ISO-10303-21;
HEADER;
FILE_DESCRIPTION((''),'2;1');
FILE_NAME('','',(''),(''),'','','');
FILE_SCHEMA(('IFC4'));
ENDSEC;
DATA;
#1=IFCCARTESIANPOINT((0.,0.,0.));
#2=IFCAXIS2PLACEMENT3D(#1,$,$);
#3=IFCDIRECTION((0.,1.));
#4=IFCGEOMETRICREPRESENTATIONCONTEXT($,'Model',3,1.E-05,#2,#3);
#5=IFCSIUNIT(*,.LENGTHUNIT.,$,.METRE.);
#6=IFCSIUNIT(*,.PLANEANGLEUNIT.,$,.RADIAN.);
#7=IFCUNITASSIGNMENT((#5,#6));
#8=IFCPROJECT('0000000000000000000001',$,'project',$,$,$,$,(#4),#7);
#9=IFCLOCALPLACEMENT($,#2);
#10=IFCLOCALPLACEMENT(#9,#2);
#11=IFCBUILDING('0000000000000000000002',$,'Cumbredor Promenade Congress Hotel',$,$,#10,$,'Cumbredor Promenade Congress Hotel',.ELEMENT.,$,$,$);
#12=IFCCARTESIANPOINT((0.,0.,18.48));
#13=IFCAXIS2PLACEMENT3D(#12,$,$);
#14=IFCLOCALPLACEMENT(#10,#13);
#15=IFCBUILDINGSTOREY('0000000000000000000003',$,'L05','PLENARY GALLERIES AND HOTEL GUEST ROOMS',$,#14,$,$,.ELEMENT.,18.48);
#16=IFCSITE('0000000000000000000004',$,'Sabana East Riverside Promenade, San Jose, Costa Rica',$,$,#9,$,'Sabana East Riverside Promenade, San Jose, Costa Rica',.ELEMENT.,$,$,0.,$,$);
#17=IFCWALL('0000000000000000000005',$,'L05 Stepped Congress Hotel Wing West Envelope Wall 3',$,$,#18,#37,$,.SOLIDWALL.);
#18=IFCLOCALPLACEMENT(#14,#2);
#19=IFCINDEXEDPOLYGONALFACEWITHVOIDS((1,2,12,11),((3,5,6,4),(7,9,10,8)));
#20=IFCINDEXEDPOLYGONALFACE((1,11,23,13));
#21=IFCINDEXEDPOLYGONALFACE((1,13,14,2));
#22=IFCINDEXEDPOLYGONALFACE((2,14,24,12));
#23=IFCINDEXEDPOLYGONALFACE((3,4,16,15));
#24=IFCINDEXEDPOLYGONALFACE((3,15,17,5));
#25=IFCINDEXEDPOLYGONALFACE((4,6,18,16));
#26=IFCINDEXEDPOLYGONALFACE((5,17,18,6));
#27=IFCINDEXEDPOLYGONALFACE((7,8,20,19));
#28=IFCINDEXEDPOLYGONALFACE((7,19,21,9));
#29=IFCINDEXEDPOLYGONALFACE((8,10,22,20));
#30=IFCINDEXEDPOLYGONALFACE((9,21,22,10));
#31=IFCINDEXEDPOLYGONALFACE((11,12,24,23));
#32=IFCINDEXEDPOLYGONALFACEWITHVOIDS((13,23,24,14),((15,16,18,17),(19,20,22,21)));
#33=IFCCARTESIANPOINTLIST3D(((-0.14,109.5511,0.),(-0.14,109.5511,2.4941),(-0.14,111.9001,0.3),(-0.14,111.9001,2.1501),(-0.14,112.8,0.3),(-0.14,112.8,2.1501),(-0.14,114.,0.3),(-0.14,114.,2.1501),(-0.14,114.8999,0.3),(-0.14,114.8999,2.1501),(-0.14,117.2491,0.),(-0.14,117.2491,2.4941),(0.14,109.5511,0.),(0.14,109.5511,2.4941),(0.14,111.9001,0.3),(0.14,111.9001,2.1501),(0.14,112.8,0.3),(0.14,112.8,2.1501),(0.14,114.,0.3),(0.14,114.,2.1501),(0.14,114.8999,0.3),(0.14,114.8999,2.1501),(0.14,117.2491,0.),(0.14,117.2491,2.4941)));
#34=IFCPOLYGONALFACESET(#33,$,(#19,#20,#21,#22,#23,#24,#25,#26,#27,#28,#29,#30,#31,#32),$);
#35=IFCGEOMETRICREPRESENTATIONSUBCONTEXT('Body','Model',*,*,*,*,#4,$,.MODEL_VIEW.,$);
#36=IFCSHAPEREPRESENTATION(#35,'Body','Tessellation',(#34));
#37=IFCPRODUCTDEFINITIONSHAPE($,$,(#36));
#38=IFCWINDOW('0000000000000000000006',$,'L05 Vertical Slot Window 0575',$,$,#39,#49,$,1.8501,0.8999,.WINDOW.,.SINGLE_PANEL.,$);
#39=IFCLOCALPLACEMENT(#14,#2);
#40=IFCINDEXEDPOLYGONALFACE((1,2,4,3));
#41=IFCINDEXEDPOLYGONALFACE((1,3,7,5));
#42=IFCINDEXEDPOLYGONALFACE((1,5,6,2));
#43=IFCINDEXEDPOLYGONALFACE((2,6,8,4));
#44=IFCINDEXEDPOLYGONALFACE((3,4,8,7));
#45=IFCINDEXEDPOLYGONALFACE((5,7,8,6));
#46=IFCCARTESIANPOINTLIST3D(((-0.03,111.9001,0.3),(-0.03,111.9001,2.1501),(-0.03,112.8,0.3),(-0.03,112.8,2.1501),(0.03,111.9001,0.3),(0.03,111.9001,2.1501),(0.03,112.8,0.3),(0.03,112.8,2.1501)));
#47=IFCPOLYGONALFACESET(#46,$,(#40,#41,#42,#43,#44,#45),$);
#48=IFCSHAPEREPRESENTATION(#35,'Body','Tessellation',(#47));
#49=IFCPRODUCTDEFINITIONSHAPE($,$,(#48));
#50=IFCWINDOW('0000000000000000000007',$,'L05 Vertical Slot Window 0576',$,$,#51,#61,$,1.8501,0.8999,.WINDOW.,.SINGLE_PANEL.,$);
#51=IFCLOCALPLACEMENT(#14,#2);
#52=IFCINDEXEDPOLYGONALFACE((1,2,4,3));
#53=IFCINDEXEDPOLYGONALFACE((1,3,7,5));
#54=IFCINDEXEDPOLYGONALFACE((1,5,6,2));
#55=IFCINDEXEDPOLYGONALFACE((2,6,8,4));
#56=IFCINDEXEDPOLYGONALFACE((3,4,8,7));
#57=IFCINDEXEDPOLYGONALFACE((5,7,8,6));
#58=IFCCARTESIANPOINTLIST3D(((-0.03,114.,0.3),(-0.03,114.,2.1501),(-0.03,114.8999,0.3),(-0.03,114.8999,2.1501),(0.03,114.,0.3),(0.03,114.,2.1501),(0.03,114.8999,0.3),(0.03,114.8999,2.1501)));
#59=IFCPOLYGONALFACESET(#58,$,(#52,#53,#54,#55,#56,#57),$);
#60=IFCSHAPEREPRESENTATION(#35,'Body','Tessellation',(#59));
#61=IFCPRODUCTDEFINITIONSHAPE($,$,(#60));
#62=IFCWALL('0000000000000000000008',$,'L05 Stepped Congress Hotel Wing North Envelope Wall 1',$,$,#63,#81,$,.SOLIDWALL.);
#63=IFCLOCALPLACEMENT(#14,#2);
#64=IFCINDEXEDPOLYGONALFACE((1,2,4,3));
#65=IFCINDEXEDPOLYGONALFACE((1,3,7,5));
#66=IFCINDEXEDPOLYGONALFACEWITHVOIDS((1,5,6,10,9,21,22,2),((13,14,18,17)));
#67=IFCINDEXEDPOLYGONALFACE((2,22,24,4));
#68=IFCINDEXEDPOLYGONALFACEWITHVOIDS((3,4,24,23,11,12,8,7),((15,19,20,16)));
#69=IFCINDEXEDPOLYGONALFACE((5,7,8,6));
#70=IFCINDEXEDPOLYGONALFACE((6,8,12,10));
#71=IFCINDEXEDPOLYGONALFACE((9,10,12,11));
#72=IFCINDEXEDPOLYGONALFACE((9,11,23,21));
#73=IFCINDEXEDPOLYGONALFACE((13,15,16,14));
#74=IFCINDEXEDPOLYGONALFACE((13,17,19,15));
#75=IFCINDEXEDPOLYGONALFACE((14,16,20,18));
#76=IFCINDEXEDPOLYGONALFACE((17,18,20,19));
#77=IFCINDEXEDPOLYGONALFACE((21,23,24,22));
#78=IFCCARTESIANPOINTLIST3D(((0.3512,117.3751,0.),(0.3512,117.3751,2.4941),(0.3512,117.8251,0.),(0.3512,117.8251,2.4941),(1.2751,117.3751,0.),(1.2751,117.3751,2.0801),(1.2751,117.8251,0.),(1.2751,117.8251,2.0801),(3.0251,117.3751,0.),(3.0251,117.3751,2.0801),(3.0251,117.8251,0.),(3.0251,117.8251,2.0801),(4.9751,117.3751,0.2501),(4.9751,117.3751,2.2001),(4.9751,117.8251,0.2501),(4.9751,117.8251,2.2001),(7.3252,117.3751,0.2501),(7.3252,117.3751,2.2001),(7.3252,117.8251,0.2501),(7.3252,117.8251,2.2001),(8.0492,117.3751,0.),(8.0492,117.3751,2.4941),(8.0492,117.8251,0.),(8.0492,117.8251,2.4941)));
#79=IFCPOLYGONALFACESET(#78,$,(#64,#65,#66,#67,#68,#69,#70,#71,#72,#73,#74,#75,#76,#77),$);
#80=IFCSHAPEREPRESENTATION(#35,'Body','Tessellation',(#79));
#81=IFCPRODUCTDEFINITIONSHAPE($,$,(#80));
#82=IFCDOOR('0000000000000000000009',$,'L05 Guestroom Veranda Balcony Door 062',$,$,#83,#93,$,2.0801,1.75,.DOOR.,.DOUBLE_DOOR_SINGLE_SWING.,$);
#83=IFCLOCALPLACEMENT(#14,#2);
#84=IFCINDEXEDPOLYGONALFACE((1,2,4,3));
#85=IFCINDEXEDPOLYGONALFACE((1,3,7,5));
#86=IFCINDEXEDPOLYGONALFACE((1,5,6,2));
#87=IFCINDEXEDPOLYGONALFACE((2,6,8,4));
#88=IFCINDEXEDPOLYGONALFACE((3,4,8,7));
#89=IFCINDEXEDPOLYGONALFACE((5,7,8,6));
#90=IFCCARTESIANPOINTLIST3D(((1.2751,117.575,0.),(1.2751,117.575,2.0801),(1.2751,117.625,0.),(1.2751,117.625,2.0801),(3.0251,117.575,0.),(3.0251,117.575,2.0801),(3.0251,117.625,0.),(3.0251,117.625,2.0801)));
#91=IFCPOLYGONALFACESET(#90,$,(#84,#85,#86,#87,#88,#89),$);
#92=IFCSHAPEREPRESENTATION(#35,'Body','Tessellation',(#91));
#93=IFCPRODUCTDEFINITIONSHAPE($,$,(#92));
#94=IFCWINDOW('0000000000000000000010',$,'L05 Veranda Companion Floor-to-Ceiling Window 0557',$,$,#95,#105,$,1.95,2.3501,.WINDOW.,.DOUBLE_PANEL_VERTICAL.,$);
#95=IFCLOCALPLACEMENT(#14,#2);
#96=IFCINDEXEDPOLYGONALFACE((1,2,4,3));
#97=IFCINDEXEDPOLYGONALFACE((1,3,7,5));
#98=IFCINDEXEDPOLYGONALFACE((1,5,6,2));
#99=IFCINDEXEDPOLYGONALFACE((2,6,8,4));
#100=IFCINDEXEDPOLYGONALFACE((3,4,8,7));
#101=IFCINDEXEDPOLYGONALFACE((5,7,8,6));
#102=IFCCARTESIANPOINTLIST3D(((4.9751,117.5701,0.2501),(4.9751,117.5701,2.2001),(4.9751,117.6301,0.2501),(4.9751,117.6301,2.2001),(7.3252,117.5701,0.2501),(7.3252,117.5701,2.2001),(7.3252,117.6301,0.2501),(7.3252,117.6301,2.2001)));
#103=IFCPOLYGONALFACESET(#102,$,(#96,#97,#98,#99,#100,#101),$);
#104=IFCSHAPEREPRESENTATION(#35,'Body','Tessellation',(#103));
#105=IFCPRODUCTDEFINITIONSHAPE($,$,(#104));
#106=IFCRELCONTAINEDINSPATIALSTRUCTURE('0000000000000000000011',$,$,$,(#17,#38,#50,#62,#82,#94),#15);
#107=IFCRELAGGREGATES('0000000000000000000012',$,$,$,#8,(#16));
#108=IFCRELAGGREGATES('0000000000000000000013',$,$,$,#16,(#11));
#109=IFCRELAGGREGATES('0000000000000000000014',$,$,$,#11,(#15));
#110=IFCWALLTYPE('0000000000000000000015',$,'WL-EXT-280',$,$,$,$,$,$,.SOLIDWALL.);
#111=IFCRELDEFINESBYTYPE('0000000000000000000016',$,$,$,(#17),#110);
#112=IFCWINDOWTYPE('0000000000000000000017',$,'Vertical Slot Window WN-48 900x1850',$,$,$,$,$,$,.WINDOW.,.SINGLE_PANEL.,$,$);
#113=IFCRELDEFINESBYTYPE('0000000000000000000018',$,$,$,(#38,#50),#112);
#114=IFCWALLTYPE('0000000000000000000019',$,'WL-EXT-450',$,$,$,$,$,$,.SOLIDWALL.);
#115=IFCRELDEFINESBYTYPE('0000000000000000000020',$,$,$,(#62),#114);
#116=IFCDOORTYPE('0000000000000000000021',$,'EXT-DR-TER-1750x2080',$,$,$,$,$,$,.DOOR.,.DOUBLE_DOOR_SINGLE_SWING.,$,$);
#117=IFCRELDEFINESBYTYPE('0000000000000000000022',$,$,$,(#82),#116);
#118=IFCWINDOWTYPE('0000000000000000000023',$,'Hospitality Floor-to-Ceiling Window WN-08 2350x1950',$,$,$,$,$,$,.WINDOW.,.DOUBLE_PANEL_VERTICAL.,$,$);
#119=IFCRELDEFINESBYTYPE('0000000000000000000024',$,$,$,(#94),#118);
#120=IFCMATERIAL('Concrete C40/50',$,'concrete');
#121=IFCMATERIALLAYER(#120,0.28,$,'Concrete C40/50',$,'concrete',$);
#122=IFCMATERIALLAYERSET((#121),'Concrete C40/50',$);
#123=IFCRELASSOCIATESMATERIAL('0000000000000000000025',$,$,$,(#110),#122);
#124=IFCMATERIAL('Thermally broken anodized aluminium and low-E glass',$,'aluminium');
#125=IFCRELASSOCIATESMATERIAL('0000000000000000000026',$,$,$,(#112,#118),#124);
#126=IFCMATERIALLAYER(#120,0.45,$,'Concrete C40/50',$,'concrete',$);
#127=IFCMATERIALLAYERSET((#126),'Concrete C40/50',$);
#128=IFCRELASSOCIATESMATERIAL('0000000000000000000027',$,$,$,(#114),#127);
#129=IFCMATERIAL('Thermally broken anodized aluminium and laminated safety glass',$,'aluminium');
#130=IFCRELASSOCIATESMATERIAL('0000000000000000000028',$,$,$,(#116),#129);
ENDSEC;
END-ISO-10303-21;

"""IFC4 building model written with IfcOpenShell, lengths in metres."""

from ifc_helpers import new_model, si_unit, direction, frame, frame_2d, origin, place, context, subcontext, project, spatial, rectangle, extrude, material, layer, layer_set, type_object, element, fill, save


model = new_model("IFC4")

# Units and contexts
model_context = context("Model", 3, precision=1e-05, world=origin(), true_north=direction((0.0, 1.0)))
body_context = subcontext(model_context, "Body", "Model", "MODEL_VIEW")
ifc_project = project(units=[si_unit("LENGTHUNIT", "METRE"), si_unit("PLANEANGLEUNIT", "RADIAN")], contexts=[model_context])

# Site, building, storey
site_placement = place(None, origin())
site = spatial("IfcSite", under=ifc_project, at=site_placement, Name="Sabana East Riverside Promenade, San Jose, Costa Rica", LongName="Sabana East Riverside Promenade, San Jose, Costa Rica", CompositionType="ELEMENT", RefElevation=0.0)
building_placement = place(site_placement, origin())
building = spatial("IfcBuilding", under=site, at=building_placement, Name="Cumbredor Promenade Congress Hotel", LongName="Cumbredor Promenade Congress Hotel", CompositionType="ELEMENT")
storey_placement = place(building_placement, frame((0.0, 0.0, 18.48)))
storey = spatial("IfcBuildingStorey", under=building, at=storey_placement, Name="L05", Description="PLENARY GALLERIES AND HOTEL GUEST ROOMS", CompositionType="ELEMENT", Elevation=18.48)

# Shared definitions
ifc_material_1 = material(Name="Concrete C40/50", Category="concrete")

# Shared definitions
ifc_material_2 = material(Name="Thermally broken anodized aluminium and low-E glass", Category="aluminium")

# Wall, openings, windows
ifc_layer_1 = layer(ifc_material_1, 0.28, Name="Concrete C40/50", Category="concrete")
ifc_layer_set_1 = layer_set([ifc_layer_1], Name="Concrete C40/50")
wall_type_1 = type_object("IfcWallType", Name="WL-EXT-280", PredefinedType="SOLIDWALL", material=ifc_layer_set_1)
wall_1_placement = place(storey_placement, frame((0.0, 109.551, 0.0), z_axis=(0.0, 0.0, 1.0), x_axis=(0.0, 1.0, 0.0)))
wall_1 = element("IfcWall", 1, at=wall_1_placement, inside=storey, type_object=wall_type_1, Name="L05 Stepped Congress Hotel Wing West Envelope Wall 3", PredefinedType="SOLIDWALL", context=body_context, shape_type="SweptSolid", body=[
    extrude(rectangle(XDim=7.698, YDim=0.28, at=frame_2d((3.8491, 0.0))), origin(), (0.0, 0.0, 1.0), 2.4941),
])
opening_1_placement = place(wall_1_placement, frame((2.3491, 0.0, 0.3)))
opening_1 = element("IfcOpeningElement", 2, at=opening_1_placement, cuts=wall_1, PredefinedType="OPENING", context=body_context, shape_type="SweptSolid", body=[
    extrude(rectangle(XDim=0.8999, YDim=1.8501, at=frame_2d((0.45, 0.925))), frame((0.0, 0.1499, 0.0), z_axis=(0.0, -1.0, 0.0), x_axis=(1.0, 0.0, 0.0)), (0.0, 0.0, 1.0), 0.3),
])
opening_2_placement = place(wall_1_placement, frame((4.449, 0.0, 0.3)))
opening_2 = element("IfcOpeningElement", 3, at=opening_2_placement, cuts=wall_1, PredefinedType="OPENING", context=body_context, shape_type="SweptSolid", body=[
    extrude(rectangle(XDim=0.8999, YDim=1.8501, at=frame_2d((0.45, 0.925))), frame((0.0, 0.1499, 0.0), z_axis=(0.0, -1.0, 0.0), x_axis=(1.0, 0.0, 0.0)), (0.0, 0.0, 1.0), 0.3),
])
window_type_1 = type_object("IfcWindowType", Name="Vertical Slot Window WN-48 900x1850", PartitioningType="SINGLE_PANEL", PredefinedType="WINDOW", material=ifc_material_2)
window_1_placement = place(opening_1_placement, origin())
window_1 = element("IfcWindow", 4, at=window_1_placement, inside=storey, type_object=window_type_1, Name="L05 Vertical Slot Window 0575", OverallHeight=1.8501, OverallWidth=0.8999, PartitioningType="SINGLE_PANEL", PredefinedType="WINDOW", context=body_context, shape_type="SweptSolid", body=[
    extrude(rectangle(XDim=0.8999, YDim=1.8501, at=frame_2d((0.45, 0.925))), frame((0.0, 0.03, 0.0), z_axis=(0.0, -1.0, 0.0), x_axis=(1.0, 0.0, 0.0)), (0.0, 0.0, 1.0), 0.0601),
])
fill(opening_1, window_1)
window_2_placement = place(opening_2_placement, origin())
window_2 = element("IfcWindow", 5, at=window_2_placement, inside=storey, type_object=window_type_1, Name="L05 Vertical Slot Window 0576", OverallHeight=1.8501, OverallWidth=0.8999, PartitioningType="SINGLE_PANEL", PredefinedType="WINDOW", context=body_context, shape_type="SweptSolid", body=[
    extrude(rectangle(XDim=0.8999, YDim=1.8501, at=frame_2d((0.45, 0.925))), frame((0.0, 0.03, 0.0), z_axis=(0.0, -1.0, 0.0), x_axis=(1.0, 0.0, 0.0)), (0.0, 0.0, 1.0), 0.0601),
])
fill(opening_2, window_2)

# Wall, openings, door, window
ifc_layer_2 = layer(ifc_material_1, 0.45, Name="Concrete C40/50", Category="concrete")
ifc_layer_set_2 = layer_set([ifc_layer_2], Name="Concrete C40/50")
wall_type_2 = type_object("IfcWallType", Name="WL-EXT-450", PredefinedType="SOLIDWALL", material=ifc_layer_set_2)
wall_2_placement = place(storey_placement, frame((0.3511, 117.6001, 0.0), z_axis=(0.0, 0.0, 1.0), x_axis=(1.0, 0.0, 0.0)))
wall_2 = element("IfcWall", 6, at=wall_2_placement, inside=storey, type_object=wall_type_2, Name="L05 Stepped Congress Hotel Wing North Envelope Wall 1", PredefinedType="SOLIDWALL", context=body_context, shape_type="SweptSolid", body=[
    extrude(rectangle(XDim=7.698, YDim=0.45, at=frame_2d((3.8491, 0.0))), origin(), (0.0, 0.0, 1.0), 2.4941),
])
opening_3_placement = place(wall_2_placement, frame((0.9241, 0.0, 0.0)))
opening_3 = element("IfcOpeningElement", 7, at=opening_3_placement, cuts=wall_2, PredefinedType="OPENING", context=body_context, shape_type="SweptSolid", body=[
    extrude(rectangle(XDim=1.75, YDim=2.0801, at=frame_2d((0.875, 1.04))), frame((0.0, 0.2349, 0.0), z_axis=(0.0, -1.0, 0.0), x_axis=(1.0, 0.0, 0.0)), (0.0, 0.0, 1.0), 0.47),
])
opening_4_placement = place(wall_2_placement, frame((4.624, 0.0, 0.25)))
opening_4 = element("IfcOpeningElement", 8, at=opening_4_placement, cuts=wall_2, PredefinedType="OPENING", context=body_context, shape_type="SweptSolid", body=[
    extrude(rectangle(XDim=2.3501, YDim=1.95, at=frame_2d((1.175, 0.9751))), frame((0.0, 0.2349, 0.0), z_axis=(0.0, -1.0, 0.0), x_axis=(1.0, 0.0, 0.0)), (0.0, 0.0, 1.0), 0.47),
])
ifc_material_3 = material(Name="Thermally broken anodized aluminium and laminated safety glass", Category="aluminium")
door_type_1 = type_object("IfcDoorType", Name="EXT-DR-TER-1750x2080", OperationType="DOUBLE_DOOR_SINGLE_SWING", PredefinedType="DOOR", material=ifc_material_3)
door_1_placement = place(opening_3_placement, origin())
door_1 = element("IfcDoor", 9, at=door_1_placement, inside=storey, type_object=door_type_1, Name="L05 Guestroom Veranda Balcony Door 062", OperationType="DOUBLE_DOOR_SINGLE_SWING", OverallHeight=2.0801, OverallWidth=1.75, PredefinedType="DOOR", context=body_context, shape_type="SweptSolid", body=[
    extrude(rectangle(XDim=1.75, YDim=2.0801, at=frame_2d((0.875, 1.04))), frame((0.0, 0.0249, 0.0), z_axis=(0.0, -1.0, 0.0), x_axis=(1.0, 0.0, 0.0)), (0.0, 0.0, 1.0), 0.05),
])
fill(opening_3, door_1)
window_type_2 = type_object("IfcWindowType", Name="Hospitality Floor-to-Ceiling Window WN-08 2350x1950", PartitioningType="DOUBLE_PANEL_VERTICAL", PredefinedType="WINDOW", material=ifc_material_2)
window_3_placement = place(opening_4_placement, origin())
window_3 = element("IfcWindow", 10, at=window_3_placement, inside=storey, type_object=window_type_2, Name="L05 Veranda Companion Floor-to-Ceiling Window 0557", OverallHeight=1.95, OverallWidth=2.3501, PartitioningType="DOUBLE_PANEL_VERTICAL", PredefinedType="WINDOW", context=body_context, shape_type="SweptSolid", body=[
    extrude(rectangle(XDim=2.3501, YDim=1.95, at=frame_2d((1.175, 0.9751))), frame((0.0, 0.03, 0.0), z_axis=(0.0, -1.0, 0.0), x_axis=(1.0, 0.0, 0.0)), (0.0, 0.0, 1.0), 0.0601),
])
fill(opening_4, window_3)

save(model, "model.ifc")
